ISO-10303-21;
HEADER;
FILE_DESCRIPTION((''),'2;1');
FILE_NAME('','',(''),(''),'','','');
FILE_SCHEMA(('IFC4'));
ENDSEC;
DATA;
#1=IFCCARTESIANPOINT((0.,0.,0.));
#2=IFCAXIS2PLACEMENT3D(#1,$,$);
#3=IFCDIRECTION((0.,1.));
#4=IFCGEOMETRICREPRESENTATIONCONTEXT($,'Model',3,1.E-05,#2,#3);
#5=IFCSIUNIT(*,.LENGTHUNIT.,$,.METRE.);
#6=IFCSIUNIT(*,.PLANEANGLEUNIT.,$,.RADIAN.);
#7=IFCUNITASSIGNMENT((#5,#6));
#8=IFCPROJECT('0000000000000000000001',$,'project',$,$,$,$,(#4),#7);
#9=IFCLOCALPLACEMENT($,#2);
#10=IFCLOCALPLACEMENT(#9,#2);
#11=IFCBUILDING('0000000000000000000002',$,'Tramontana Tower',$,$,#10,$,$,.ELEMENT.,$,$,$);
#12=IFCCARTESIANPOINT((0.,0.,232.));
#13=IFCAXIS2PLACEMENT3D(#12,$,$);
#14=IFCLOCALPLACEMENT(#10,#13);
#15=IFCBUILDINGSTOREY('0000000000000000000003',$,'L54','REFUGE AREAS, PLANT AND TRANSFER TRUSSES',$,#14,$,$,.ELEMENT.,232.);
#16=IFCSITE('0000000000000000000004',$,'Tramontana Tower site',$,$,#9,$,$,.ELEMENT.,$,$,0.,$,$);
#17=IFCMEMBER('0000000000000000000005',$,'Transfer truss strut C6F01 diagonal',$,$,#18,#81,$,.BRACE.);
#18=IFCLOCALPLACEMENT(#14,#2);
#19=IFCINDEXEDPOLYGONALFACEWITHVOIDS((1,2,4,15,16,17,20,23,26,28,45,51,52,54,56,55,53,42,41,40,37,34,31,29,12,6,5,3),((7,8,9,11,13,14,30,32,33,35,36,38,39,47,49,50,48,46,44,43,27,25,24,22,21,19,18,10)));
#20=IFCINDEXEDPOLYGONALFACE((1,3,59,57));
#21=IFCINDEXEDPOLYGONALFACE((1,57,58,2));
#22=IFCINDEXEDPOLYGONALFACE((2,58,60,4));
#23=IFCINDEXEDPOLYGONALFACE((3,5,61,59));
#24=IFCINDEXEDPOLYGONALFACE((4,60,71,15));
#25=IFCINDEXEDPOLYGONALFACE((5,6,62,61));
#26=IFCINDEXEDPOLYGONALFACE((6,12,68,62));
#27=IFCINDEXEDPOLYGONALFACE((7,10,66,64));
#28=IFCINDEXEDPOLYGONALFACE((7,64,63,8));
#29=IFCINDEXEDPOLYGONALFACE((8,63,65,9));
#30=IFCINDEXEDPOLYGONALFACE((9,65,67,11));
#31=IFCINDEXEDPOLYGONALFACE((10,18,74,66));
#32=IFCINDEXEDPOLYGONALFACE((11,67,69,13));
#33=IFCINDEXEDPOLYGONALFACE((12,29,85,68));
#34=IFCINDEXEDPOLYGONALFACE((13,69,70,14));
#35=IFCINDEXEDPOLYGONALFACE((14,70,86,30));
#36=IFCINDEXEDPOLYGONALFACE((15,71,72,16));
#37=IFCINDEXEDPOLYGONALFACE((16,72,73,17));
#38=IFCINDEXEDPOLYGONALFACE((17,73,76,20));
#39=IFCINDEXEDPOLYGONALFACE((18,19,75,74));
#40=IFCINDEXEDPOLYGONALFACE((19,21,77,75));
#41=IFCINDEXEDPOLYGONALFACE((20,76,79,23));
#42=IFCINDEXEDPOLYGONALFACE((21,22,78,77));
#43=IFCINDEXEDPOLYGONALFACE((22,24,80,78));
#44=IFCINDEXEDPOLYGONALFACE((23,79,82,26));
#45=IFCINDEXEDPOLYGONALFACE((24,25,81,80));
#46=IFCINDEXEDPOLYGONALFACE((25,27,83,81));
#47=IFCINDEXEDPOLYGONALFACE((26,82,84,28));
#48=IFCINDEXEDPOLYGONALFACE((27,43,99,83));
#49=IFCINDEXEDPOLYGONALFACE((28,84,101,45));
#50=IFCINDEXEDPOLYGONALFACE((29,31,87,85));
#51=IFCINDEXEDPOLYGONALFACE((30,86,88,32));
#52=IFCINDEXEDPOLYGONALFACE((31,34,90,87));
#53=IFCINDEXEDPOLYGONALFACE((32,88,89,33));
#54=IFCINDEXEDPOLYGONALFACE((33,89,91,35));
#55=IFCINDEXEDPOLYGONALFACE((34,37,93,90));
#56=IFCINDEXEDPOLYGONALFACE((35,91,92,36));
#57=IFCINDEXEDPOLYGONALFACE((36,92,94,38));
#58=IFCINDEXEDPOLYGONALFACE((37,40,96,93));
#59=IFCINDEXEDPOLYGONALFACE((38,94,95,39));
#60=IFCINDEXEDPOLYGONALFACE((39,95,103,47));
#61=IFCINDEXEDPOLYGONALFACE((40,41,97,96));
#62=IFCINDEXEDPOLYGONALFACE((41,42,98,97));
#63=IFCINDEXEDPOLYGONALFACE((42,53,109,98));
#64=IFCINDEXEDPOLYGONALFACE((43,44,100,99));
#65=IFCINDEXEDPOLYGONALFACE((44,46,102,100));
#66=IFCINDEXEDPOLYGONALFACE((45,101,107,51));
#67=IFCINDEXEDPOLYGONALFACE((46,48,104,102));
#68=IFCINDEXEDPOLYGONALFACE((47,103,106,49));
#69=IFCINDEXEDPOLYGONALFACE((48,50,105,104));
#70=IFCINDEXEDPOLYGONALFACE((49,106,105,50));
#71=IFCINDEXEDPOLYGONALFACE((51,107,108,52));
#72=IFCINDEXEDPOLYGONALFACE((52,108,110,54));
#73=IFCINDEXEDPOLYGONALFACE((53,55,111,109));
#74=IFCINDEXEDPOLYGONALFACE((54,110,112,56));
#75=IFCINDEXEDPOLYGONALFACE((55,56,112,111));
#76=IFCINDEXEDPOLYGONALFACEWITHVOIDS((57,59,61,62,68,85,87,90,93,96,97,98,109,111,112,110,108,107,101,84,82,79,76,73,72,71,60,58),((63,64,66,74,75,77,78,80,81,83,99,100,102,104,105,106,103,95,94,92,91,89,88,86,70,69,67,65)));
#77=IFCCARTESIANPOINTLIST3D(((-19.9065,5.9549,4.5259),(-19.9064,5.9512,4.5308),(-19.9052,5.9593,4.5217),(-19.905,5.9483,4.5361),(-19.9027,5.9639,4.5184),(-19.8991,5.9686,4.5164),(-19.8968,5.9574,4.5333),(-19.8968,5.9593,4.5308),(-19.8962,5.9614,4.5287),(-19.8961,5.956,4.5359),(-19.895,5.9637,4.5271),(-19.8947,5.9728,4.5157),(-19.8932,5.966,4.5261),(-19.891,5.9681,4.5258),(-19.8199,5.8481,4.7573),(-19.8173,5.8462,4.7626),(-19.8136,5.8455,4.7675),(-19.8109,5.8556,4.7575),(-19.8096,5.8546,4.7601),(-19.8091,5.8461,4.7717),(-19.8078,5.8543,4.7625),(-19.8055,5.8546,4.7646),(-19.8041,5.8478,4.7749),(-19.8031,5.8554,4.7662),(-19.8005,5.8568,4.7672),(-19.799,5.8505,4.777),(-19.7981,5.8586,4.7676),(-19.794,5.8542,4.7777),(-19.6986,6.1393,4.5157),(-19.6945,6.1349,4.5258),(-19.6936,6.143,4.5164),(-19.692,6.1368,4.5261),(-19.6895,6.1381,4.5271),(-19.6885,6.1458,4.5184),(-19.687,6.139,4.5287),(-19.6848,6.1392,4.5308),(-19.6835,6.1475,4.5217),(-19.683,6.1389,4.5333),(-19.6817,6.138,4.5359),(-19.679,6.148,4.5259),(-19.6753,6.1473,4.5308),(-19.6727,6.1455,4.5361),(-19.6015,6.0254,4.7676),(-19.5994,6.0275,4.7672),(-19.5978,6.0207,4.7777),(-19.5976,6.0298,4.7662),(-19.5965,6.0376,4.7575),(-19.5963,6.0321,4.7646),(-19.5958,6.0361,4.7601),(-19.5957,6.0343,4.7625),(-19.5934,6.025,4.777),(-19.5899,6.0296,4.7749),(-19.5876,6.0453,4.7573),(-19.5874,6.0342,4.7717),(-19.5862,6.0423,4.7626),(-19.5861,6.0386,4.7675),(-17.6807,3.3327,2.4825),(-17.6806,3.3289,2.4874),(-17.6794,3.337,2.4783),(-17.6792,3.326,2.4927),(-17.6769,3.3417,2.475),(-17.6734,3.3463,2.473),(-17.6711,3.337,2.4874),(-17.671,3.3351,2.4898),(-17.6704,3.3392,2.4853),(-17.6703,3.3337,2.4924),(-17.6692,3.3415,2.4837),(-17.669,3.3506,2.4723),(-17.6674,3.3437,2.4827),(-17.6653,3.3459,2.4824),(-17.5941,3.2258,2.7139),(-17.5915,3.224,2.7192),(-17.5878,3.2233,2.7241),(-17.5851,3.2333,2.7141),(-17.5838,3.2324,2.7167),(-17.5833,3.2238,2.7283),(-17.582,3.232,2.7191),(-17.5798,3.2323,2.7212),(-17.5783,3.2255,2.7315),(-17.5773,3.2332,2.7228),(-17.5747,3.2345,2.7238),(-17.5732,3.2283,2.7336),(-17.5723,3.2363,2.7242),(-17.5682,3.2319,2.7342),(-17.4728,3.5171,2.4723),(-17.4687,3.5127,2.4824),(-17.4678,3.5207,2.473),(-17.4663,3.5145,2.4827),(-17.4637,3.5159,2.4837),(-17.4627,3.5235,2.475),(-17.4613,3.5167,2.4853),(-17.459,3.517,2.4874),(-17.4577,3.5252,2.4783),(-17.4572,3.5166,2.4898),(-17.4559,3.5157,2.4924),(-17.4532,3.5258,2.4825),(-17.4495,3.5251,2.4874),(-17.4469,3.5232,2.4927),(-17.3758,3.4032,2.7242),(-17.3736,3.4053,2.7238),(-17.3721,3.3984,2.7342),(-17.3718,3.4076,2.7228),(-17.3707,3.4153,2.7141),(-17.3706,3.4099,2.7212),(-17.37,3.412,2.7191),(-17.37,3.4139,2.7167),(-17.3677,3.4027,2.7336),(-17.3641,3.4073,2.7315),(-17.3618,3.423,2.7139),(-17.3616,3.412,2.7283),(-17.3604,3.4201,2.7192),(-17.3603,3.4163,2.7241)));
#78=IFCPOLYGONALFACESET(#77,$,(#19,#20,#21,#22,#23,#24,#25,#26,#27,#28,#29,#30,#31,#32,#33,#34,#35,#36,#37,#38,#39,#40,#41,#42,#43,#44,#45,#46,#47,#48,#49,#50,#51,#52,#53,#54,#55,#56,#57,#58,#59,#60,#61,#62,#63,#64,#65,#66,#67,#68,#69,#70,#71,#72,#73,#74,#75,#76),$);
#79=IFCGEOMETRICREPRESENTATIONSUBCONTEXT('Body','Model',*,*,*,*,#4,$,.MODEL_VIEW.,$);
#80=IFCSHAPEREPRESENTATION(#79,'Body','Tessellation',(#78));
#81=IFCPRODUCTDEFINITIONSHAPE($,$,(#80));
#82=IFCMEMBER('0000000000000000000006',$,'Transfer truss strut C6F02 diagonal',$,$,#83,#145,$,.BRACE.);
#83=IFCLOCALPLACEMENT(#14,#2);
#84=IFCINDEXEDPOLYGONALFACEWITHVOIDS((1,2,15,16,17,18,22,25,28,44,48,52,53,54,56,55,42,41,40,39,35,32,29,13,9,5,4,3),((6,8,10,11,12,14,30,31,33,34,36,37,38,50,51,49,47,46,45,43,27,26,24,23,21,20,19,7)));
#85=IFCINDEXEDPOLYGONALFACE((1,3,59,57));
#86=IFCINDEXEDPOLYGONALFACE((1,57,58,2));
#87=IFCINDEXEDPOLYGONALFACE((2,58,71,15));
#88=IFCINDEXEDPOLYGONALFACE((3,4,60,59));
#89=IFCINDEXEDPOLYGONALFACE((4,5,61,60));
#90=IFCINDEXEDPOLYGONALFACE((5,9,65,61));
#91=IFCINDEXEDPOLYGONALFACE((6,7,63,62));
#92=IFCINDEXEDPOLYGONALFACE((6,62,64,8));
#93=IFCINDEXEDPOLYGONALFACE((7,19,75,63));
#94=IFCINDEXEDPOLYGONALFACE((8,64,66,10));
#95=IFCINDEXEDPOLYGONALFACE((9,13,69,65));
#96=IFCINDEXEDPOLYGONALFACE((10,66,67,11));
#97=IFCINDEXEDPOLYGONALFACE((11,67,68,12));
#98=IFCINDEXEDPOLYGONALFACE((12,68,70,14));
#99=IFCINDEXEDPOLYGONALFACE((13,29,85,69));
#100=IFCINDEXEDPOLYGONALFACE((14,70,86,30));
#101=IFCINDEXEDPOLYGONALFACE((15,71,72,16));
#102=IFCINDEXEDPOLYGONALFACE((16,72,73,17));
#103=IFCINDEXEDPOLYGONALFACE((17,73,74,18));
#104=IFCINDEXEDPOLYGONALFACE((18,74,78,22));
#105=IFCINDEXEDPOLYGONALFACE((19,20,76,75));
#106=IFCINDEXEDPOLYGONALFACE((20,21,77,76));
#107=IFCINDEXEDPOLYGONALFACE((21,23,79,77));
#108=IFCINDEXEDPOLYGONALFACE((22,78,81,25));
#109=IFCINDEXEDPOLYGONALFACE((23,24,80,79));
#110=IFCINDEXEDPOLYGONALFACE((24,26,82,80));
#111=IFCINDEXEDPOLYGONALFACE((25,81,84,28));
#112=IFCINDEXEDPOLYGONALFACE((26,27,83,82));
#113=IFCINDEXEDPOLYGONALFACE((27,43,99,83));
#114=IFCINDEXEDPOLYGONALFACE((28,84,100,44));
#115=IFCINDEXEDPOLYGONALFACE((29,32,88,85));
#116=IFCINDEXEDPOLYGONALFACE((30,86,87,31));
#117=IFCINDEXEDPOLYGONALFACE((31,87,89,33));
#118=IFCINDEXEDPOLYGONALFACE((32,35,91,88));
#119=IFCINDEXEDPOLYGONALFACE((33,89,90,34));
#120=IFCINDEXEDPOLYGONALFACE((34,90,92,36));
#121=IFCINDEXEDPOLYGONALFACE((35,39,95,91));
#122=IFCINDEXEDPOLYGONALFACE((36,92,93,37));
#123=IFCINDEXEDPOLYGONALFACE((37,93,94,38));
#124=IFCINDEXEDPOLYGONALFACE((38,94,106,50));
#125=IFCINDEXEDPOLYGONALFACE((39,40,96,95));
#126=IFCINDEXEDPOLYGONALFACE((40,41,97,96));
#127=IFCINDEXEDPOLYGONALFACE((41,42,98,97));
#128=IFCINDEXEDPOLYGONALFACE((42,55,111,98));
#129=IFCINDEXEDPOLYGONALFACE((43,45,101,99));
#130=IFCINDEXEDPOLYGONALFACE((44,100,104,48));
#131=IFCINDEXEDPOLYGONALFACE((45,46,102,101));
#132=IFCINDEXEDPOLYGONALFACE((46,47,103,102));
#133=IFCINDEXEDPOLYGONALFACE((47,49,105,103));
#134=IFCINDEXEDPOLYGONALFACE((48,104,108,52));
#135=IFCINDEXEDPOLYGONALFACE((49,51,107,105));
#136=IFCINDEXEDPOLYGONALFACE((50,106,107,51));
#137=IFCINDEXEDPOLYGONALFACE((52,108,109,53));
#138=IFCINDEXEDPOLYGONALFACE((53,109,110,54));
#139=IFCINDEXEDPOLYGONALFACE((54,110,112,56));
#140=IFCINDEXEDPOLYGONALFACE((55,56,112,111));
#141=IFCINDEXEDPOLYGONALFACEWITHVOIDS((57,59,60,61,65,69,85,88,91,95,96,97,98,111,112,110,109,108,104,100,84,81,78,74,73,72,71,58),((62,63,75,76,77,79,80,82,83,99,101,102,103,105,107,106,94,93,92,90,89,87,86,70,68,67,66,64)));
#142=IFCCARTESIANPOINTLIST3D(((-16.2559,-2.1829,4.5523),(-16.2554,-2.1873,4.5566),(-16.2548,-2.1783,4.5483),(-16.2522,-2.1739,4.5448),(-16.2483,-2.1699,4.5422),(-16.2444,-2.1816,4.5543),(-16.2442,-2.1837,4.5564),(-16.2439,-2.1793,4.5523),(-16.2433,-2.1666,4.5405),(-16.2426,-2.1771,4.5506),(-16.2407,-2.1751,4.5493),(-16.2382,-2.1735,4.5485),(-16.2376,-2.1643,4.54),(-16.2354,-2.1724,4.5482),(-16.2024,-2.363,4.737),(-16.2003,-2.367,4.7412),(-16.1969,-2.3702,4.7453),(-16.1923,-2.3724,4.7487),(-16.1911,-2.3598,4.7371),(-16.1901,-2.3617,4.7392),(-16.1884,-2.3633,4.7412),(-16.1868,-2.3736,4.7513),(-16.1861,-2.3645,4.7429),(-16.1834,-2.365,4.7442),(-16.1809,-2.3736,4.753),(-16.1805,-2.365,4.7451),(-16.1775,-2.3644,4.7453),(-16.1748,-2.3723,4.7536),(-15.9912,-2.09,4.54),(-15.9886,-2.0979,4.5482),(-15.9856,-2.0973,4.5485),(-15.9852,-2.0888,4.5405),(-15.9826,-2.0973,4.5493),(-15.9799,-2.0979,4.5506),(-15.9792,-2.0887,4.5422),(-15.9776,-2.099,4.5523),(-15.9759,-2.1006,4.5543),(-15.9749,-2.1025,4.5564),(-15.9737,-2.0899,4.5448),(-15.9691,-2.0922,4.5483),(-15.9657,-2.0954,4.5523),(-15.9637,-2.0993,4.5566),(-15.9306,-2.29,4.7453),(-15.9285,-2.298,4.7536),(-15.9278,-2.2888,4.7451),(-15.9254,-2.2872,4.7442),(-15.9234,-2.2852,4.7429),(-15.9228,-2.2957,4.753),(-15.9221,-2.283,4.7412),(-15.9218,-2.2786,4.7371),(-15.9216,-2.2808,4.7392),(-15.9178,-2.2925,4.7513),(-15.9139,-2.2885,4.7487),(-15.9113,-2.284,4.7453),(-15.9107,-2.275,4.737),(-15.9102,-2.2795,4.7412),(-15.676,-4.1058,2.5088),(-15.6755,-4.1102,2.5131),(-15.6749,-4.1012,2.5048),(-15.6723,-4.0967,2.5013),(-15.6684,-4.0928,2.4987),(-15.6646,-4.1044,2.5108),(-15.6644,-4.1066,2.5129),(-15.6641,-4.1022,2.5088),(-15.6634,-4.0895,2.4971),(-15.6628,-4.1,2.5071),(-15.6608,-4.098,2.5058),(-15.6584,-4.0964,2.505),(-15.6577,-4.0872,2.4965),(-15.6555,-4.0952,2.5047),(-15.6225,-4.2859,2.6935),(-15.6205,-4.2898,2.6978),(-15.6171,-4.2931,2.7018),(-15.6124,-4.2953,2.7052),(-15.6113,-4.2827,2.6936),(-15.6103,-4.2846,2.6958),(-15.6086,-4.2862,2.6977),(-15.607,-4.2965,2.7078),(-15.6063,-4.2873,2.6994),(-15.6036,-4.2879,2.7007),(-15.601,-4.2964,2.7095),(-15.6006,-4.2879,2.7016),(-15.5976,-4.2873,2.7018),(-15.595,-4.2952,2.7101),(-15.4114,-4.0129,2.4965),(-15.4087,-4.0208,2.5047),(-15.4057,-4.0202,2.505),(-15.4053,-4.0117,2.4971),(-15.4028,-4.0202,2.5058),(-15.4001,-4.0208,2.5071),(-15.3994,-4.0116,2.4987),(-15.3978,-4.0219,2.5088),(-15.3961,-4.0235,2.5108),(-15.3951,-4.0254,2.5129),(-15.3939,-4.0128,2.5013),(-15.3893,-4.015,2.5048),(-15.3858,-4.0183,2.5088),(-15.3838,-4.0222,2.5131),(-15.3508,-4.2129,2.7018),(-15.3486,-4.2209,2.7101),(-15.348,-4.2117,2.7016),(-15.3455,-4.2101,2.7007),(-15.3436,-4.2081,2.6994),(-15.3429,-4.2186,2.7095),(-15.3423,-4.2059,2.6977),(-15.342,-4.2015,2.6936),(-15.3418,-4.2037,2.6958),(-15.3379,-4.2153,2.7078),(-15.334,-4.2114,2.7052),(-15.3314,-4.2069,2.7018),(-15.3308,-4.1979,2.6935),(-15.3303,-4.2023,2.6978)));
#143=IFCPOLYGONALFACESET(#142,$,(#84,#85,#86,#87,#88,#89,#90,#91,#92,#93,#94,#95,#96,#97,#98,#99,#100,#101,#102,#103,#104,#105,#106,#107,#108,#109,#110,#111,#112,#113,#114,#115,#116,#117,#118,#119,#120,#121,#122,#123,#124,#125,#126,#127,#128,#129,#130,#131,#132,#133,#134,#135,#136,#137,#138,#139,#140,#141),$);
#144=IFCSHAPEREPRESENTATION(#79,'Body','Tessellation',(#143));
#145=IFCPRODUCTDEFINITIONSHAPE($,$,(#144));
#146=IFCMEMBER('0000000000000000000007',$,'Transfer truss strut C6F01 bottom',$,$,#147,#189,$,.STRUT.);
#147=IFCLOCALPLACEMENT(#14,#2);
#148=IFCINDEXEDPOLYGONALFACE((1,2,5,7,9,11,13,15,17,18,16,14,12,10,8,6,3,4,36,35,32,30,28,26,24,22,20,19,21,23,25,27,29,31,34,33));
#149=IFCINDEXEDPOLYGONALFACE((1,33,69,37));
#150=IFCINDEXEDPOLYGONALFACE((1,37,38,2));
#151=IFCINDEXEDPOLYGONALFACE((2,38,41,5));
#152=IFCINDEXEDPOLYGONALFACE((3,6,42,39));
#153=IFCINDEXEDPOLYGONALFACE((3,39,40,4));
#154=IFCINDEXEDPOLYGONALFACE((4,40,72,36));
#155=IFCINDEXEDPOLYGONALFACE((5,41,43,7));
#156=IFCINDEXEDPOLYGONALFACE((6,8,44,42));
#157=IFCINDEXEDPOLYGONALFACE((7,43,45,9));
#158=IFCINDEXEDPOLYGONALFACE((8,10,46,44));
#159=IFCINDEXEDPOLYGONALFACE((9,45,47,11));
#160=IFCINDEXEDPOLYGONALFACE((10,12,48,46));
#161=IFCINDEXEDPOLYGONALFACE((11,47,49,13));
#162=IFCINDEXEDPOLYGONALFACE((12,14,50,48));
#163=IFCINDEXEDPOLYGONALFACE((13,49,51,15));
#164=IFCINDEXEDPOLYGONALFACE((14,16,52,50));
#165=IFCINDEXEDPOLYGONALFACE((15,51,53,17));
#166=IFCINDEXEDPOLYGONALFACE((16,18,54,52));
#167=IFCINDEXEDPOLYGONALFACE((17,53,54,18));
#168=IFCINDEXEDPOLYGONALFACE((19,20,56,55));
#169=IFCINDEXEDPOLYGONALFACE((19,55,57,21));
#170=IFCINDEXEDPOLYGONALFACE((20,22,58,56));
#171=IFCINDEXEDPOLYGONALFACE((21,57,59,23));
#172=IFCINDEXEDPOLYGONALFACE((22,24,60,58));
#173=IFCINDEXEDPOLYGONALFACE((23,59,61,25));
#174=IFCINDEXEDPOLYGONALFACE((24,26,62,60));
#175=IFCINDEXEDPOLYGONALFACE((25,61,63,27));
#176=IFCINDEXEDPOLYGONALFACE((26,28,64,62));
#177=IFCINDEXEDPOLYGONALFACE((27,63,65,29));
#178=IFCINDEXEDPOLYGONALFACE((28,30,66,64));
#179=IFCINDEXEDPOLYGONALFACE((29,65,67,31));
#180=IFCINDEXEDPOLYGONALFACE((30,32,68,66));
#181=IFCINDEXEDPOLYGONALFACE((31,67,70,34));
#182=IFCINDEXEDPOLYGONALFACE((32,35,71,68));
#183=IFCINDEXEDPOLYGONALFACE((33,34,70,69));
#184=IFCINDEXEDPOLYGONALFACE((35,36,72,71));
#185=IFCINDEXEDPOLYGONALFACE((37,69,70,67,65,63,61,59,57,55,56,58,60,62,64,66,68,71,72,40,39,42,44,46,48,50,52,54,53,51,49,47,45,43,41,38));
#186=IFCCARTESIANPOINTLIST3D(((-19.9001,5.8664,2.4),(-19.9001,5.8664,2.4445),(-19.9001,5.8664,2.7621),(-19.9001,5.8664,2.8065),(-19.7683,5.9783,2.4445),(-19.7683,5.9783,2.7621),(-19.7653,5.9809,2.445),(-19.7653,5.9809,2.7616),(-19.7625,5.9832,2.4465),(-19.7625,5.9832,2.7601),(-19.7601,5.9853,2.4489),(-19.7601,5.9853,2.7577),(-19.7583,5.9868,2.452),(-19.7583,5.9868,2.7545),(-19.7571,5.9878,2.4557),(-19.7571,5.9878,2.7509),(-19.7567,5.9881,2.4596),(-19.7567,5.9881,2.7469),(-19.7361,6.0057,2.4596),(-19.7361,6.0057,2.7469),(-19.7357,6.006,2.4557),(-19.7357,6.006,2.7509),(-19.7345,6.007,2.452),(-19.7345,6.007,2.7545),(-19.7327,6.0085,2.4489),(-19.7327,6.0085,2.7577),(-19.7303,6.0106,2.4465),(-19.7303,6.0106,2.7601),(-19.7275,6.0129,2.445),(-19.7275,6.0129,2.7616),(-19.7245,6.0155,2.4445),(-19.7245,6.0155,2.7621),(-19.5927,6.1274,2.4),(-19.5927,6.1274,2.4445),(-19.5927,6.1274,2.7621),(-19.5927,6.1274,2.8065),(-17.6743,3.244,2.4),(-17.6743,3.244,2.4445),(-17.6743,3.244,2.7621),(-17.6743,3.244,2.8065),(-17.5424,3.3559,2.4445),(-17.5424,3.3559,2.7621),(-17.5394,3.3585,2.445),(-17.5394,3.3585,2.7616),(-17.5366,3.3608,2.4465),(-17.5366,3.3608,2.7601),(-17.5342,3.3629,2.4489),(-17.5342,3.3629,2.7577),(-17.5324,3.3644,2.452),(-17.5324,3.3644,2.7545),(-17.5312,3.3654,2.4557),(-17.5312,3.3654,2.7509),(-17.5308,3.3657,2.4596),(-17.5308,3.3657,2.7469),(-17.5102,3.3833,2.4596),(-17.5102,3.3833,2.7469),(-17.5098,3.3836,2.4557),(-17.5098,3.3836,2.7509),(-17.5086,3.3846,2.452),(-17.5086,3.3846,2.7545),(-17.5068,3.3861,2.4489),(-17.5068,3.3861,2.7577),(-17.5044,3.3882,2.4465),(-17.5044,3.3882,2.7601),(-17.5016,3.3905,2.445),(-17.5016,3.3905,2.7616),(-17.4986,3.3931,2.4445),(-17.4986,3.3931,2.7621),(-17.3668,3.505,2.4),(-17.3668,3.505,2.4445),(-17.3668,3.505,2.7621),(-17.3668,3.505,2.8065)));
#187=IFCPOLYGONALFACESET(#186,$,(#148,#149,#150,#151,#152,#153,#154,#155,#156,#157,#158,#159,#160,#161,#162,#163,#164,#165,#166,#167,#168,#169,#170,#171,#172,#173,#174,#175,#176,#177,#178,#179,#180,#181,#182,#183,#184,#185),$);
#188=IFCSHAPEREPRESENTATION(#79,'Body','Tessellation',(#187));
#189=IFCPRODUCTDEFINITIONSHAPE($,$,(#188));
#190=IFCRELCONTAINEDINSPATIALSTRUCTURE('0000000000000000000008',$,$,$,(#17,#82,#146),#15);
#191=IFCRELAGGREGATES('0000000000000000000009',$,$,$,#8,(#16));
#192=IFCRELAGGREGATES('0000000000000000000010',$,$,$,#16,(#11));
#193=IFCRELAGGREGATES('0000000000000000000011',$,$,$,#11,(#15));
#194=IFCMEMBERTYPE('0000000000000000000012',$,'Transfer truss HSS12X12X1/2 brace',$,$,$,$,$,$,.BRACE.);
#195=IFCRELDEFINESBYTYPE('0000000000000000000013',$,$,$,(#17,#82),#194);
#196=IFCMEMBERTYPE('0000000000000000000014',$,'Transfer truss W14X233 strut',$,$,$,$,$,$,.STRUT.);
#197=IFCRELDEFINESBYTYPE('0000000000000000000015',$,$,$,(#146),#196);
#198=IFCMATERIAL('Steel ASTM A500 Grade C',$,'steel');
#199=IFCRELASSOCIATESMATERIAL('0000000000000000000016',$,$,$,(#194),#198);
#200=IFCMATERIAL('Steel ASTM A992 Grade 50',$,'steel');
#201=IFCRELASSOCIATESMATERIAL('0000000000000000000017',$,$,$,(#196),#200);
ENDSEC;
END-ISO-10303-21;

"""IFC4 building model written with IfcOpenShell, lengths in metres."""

from ifc_helpers import new_model, si_unit, direction, frame, origin, origin_2d, place, context, subcontext, project, spatial, hollow_rectangle, i_section, extrude, material, material_profile, profile_set, type_object, element, save


model = new_model("IFC4")

# Units and contexts
model_context = context("Model", 3, precision=1e-05, world=origin(), true_north=direction((0.0, 1.0)))
body_context = subcontext(model_context, "Body", "Model", "MODEL_VIEW")
ifc_project = project(units=[si_unit("LENGTHUNIT", "METRE"), si_unit("PLANEANGLEUNIT", "RADIAN")], contexts=[model_context])

# Site, building, storey
site_placement = place(None, origin())
site = spatial("IfcSite", under=ifc_project, at=site_placement, Name="Tramontana Tower site", CompositionType="ELEMENT", RefElevation=0.0)
building_placement = place(site_placement, origin())
building = spatial("IfcBuilding", under=site, at=building_placement, Name="Tramontana Tower", CompositionType="ELEMENT")
storey_placement = place(building_placement, frame((0.0, 0.0, 232.0)))
storey = spatial("IfcBuildingStorey", under=building, at=storey_placement, Name="L54", Description="REFUGE AREAS, PLANT AND TRANSFER TRUSSES", CompositionType="ELEMENT", Elevation=232.0)

# Members
ifc_material_1 = material(Name="Steel ASTM A500 Grade C", Category="steel")
ifc_material_profile_1 = material_profile(ifc_material_1, hollow_rectangle(XDim=0.3047, YDim=0.3047, WallThickness=0.0117, InnerFilletRadius=0.0117, OuterFilletRadius=0.0237, at=origin_2d()), Name="HSS12X12X1/2")
ifc_profile_set_1 = profile_set([ifc_material_profile_1], Name="Steel ASTM A500 Grade C")
member_type_1 = type_object("IfcMemberType", Name="Transfer truss HSS12X12X1/2 brace", PredefinedType="BRACE", material=ifc_profile_set_1)
member_1_placement = place(storey_placement, frame((-17.5205, 3.3745, 2.6033), z_axis=(-0.556343, 0.655444, 0.510759), x_axis=(-0.762389, -0.647119, 0.0)))
element("IfcMember", 1, at=member_1_placement, inside=storey, type_object=member_type_1, Name="Transfer truss strut C6F01 diagonal", PredefinedType="BRACE", context=body_context, shape_type="SweptSolid", body=[
    extrude(hollow_rectangle(XDim=0.3047, YDim=0.3047, WallThickness=0.0117, InnerFilletRadius=0.0117, OuterFilletRadius=0.0237, at=origin_2d()), origin(), (0.0, 0.0, 1.0), 4.0007),
])
member_2_placement = place(storey_placement, frame((-15.5032, -4.1541, 2.6033), z_axis=(-0.202372, 0.671109, 0.713203), x_axis=(-0.957417, -0.288708, 0.0)))
element("IfcMember", 2, at=member_2_placement, inside=storey, type_object=member_type_1, Name="Transfer truss strut C6F02 diagonal", PredefinedType="BRACE", context=body_context, shape_type="SweptSolid", body=[
    extrude(hollow_rectangle(XDim=0.3047, YDim=0.3047, WallThickness=0.0117, InnerFilletRadius=0.0117, OuterFilletRadius=0.0237, at=origin_2d()), origin(), (0.0, 0.0, 1.0), 2.8652),
])
ifc_material_2 = material(Name="Steel ASTM A992 Grade 50", Category="steel")
ifc_material_profile_2 = material_profile(ifc_material_2, i_section(OverallWidth=0.4033, OverallDepth=0.4065, WebThickness=0.0271, FlangeThickness=0.0444, FilletRadius=0.0151, at=origin_2d()), Name="W14X233")
ifc_profile_set_2 = profile_set([ifc_material_profile_2], Name="Steel ASTM A992 Grade 50")
member_type_2 = type_object("IfcMemberType", Name="Transfer truss W14X233 strut", PredefinedType="STRUT", material=ifc_profile_set_2)
member_3_placement = place(storey_placement, frame((-17.5205, 3.3745, 2.6033), z_axis=(-0.647119, 0.762389, 0.0), x_axis=(-0.762389, -0.647119, 0.0)))
element("IfcMember", 3, at=member_3_placement, inside=storey, type_object=member_type_2, Name="Transfer truss strut C6F01 bottom", PredefinedType="STRUT", context=body_context, shape_type="SweptSolid", body=[
    extrude(i_section(OverallWidth=0.4033, OverallDepth=0.4065, WebThickness=0.0271, FlangeThickness=0.0444, FilletRadius=0.0151, at=origin_2d()), origin(), (0.0, 0.0, 1.0), 3.4397),
])

save(model, "model.ifc")
